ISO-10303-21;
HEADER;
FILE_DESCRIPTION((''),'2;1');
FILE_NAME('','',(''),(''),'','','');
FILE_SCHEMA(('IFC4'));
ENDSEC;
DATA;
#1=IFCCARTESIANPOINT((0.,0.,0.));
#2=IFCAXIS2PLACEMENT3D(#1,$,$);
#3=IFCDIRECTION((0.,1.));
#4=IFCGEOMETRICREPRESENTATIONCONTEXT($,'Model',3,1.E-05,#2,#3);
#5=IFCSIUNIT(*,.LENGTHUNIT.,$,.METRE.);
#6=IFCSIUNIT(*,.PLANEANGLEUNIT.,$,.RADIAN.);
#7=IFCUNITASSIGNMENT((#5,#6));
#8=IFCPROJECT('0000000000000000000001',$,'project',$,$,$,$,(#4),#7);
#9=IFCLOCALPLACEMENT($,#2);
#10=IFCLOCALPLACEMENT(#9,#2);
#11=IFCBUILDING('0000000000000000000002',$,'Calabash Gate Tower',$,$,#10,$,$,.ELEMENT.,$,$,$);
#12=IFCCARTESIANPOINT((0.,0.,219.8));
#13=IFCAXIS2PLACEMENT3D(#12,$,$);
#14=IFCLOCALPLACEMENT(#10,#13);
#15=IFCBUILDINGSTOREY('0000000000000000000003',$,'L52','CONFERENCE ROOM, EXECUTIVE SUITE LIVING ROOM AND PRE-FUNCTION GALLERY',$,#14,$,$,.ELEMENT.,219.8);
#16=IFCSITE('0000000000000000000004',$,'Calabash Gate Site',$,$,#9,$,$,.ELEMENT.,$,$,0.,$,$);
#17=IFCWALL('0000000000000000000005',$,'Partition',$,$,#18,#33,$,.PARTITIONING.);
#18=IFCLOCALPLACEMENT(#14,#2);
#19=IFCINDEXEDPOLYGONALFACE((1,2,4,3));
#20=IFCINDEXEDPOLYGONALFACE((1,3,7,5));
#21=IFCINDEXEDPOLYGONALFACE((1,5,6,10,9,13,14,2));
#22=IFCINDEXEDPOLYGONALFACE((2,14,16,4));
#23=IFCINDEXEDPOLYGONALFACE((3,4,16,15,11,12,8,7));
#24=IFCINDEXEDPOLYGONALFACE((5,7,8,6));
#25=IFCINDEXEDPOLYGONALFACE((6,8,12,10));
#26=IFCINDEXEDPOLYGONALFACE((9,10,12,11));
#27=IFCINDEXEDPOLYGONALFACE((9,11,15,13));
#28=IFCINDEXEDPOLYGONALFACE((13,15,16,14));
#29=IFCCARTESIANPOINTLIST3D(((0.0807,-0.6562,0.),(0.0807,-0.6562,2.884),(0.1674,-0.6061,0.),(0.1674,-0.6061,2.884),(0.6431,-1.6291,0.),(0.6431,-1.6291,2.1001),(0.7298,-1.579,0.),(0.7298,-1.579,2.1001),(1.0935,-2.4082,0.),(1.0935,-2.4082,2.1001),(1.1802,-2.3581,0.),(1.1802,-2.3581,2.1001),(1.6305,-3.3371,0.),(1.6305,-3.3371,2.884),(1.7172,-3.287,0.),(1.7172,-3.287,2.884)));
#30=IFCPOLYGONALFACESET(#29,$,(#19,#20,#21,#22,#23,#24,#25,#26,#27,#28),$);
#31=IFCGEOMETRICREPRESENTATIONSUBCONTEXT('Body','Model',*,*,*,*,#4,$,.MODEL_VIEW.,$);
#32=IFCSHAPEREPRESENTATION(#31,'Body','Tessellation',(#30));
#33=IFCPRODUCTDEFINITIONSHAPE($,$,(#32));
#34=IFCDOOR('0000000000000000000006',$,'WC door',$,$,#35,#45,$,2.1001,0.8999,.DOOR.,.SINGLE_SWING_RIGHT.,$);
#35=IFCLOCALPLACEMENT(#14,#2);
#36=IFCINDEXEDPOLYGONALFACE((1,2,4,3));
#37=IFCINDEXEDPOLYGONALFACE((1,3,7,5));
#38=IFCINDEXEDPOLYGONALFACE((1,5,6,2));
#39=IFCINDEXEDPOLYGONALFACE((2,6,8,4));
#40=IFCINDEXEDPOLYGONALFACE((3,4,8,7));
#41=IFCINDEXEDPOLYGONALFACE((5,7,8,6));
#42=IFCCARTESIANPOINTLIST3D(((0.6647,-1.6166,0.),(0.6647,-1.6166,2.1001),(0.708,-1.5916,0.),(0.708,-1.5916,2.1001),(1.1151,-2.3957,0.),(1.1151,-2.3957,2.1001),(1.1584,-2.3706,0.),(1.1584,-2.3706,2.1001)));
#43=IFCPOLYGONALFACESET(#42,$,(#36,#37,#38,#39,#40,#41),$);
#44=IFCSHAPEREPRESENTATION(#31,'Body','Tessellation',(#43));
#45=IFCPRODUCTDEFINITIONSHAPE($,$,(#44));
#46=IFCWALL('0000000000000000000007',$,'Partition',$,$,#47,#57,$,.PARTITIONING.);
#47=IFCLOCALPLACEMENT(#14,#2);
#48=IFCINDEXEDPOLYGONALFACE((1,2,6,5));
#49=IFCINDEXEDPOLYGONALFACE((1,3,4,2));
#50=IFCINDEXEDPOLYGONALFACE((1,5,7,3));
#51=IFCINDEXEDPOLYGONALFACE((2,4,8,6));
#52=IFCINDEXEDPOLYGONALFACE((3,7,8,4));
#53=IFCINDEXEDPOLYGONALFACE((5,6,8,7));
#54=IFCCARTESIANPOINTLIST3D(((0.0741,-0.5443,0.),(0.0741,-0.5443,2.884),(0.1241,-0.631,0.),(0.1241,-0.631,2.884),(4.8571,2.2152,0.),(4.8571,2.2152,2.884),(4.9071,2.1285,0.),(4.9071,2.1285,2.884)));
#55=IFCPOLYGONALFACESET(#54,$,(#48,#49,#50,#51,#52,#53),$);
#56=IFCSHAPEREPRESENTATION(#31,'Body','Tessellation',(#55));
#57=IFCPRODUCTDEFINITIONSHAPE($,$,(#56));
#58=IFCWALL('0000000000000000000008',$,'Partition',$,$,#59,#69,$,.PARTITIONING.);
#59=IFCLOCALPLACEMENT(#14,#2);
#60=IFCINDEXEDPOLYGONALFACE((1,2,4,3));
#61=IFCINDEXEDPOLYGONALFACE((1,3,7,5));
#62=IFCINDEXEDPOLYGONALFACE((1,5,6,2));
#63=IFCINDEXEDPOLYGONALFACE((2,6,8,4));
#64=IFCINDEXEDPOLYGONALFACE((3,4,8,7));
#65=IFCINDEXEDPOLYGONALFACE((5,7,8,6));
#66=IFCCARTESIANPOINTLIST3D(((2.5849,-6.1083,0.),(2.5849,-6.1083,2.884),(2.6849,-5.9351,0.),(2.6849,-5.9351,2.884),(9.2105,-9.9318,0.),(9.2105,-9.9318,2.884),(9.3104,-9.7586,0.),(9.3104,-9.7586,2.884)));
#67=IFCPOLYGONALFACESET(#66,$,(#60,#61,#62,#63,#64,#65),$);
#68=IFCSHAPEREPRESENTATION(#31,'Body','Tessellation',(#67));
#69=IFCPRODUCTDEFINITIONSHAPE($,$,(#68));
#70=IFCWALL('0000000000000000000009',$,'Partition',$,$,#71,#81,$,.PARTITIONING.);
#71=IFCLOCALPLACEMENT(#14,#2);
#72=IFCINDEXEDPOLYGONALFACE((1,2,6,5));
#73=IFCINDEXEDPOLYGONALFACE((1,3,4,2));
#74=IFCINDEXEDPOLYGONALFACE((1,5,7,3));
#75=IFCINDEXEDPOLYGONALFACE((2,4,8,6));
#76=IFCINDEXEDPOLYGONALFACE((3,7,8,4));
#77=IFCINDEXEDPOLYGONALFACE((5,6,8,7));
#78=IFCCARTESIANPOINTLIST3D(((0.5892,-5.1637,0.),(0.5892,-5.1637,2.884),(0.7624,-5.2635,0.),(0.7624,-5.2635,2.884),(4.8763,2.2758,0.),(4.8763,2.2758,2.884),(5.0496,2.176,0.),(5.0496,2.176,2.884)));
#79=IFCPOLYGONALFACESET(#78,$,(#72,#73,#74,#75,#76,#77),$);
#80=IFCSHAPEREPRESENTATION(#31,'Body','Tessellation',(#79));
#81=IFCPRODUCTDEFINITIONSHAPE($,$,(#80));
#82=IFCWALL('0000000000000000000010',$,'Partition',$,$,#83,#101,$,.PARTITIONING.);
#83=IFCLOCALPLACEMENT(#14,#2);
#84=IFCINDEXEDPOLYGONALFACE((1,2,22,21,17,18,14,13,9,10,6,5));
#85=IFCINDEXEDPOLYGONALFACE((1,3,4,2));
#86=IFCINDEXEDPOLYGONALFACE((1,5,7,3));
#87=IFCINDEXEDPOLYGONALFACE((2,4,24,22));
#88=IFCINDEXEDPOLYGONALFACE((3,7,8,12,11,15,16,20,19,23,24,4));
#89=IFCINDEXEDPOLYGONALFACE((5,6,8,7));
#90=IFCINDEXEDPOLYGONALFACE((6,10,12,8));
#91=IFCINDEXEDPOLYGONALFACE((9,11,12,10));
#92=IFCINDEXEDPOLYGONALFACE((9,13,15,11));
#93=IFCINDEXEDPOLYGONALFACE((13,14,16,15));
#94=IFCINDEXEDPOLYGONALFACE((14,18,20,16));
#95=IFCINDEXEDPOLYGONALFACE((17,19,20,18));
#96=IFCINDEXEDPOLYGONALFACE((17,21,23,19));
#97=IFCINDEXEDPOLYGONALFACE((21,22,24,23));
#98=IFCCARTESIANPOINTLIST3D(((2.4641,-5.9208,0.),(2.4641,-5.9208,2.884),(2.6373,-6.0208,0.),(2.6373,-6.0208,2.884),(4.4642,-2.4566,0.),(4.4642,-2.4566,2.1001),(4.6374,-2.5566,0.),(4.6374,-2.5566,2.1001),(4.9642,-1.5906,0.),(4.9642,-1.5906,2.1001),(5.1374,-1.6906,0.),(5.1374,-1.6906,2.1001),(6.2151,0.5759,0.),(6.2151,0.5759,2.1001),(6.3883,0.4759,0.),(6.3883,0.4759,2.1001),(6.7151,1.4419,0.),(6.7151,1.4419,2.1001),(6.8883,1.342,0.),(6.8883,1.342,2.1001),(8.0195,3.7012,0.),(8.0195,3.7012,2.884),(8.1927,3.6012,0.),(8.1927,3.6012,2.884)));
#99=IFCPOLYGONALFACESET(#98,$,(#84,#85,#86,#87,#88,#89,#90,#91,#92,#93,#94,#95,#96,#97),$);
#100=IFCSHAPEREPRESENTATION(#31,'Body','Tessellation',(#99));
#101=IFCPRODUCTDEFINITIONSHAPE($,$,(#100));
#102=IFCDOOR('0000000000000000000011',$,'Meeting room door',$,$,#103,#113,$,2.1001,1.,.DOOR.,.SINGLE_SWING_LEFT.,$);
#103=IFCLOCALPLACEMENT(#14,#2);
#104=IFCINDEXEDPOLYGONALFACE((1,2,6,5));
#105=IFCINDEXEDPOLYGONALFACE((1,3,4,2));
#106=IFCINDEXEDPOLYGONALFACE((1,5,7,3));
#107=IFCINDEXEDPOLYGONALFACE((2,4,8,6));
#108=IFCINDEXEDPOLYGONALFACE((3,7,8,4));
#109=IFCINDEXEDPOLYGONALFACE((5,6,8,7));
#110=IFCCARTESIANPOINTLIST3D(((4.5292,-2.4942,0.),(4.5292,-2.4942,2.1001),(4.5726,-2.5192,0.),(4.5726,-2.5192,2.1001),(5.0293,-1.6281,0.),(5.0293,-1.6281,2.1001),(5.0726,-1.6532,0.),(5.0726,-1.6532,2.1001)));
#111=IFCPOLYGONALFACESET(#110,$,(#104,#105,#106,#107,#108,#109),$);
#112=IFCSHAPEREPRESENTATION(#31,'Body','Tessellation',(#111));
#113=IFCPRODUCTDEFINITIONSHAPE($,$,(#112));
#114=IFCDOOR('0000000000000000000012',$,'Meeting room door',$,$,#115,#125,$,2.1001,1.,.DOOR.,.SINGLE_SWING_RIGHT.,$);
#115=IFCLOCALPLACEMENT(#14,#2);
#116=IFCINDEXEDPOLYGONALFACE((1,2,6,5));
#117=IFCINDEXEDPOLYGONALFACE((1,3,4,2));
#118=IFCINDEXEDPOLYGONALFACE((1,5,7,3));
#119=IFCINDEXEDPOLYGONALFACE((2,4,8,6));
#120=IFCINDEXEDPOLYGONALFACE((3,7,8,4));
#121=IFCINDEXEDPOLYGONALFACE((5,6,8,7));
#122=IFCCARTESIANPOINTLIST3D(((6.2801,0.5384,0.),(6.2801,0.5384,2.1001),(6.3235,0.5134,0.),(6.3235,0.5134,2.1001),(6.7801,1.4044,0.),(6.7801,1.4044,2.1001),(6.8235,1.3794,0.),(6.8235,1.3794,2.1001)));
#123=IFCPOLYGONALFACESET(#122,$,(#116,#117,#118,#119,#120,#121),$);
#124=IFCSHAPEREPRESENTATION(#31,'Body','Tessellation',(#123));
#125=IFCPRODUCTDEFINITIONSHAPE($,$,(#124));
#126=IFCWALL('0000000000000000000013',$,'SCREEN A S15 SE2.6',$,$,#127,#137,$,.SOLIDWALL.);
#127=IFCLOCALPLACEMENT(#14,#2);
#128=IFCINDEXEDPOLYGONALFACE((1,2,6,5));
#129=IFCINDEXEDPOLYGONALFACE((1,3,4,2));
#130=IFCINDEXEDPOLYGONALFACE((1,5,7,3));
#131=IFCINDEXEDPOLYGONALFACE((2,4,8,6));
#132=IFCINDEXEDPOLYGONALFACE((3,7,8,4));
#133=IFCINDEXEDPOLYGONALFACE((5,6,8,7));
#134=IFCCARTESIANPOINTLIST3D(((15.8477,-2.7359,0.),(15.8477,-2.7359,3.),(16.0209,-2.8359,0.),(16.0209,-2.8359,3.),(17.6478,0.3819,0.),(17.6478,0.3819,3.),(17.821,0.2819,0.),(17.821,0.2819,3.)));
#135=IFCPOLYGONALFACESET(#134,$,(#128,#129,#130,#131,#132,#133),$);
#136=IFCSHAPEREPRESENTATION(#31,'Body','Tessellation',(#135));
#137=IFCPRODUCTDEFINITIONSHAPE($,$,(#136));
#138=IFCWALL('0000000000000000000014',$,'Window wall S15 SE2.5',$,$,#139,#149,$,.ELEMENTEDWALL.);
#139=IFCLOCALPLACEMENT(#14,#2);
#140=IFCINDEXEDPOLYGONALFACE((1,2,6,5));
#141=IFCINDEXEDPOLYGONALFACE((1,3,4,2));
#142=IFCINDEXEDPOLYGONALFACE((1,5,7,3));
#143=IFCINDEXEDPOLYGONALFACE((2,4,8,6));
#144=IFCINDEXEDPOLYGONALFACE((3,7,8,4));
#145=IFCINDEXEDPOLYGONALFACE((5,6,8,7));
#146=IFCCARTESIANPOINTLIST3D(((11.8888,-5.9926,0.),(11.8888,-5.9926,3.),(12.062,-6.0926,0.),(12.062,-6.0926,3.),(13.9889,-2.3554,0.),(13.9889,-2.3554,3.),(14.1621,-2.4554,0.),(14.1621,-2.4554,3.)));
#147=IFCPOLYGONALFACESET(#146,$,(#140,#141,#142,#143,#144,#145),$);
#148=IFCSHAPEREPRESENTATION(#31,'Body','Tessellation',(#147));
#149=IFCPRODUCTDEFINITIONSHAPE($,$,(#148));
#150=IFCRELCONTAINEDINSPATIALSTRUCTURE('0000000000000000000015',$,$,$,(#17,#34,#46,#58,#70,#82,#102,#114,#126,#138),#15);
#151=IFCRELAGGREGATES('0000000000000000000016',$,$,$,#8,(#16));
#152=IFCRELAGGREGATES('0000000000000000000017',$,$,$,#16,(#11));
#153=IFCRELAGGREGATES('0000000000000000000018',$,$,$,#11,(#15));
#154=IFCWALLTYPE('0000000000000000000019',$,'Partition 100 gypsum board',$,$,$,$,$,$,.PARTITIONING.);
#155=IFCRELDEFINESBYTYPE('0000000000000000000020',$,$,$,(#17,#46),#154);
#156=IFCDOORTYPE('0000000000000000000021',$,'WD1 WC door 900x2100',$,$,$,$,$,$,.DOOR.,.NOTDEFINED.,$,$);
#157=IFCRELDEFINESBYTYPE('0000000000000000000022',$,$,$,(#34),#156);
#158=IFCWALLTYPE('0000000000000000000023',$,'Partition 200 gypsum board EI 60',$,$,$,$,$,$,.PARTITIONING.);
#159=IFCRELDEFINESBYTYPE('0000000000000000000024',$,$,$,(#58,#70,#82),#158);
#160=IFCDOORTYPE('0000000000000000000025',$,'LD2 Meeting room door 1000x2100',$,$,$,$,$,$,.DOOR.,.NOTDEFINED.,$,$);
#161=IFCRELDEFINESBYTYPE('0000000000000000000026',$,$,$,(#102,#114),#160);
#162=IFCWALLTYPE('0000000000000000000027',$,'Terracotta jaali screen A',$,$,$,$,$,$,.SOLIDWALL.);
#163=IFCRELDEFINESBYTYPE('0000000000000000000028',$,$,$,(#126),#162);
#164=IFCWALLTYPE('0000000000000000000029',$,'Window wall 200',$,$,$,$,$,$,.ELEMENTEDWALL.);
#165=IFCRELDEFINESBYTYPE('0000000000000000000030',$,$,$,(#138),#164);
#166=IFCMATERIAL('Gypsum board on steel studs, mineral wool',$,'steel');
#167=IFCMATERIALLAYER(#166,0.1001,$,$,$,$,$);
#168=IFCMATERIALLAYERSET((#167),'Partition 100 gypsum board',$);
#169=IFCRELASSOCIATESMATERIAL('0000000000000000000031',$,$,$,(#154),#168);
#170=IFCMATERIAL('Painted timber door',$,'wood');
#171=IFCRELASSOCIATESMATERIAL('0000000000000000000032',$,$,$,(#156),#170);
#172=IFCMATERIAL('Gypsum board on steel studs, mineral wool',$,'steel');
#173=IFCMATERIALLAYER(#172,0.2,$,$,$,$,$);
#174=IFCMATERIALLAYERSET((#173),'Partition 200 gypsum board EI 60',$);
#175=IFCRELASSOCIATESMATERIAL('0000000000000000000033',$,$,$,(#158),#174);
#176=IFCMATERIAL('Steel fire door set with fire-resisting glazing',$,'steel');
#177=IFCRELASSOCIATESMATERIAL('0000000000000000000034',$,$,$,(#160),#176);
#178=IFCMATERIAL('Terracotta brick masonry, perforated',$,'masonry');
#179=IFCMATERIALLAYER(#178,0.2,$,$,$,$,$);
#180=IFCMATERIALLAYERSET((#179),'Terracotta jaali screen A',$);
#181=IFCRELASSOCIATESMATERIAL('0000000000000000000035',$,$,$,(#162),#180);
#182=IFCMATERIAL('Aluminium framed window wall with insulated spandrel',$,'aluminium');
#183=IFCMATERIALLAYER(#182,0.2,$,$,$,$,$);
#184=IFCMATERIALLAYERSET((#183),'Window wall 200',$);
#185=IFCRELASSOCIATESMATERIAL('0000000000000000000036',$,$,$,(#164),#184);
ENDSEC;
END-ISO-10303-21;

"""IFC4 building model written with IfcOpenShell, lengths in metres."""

from ifc_helpers import new_model, si_unit, direction, frame, frame_2d, origin, place, context, subcontext, project, spatial, rectangle, extrude, material, layer, layer_set, type_object, element, fill, save


model = new_model("IFC4")

# Units and contexts
model_context = context("Model", 3, precision=1e-05, world=origin(), true_north=direction((0.0, 1.0)))
body_context = subcontext(model_context, "Body", "Model", "MODEL_VIEW")
ifc_project = project(units=[si_unit("LENGTHUNIT", "METRE"), si_unit("PLANEANGLEUNIT", "RADIAN")], contexts=[model_context])

# Site, building, storey
site_placement = place(None, origin())
site = spatial("IfcSite", under=ifc_project, at=site_placement, Name="Calabash Gate Site", CompositionType="ELEMENT", RefElevation=0.0)
building_placement = place(site_placement, origin())
building = spatial("IfcBuilding", under=site, at=building_placement, Name="Calabash Gate Tower", CompositionType="ELEMENT")
storey_placement = place(building_placement, frame((0.0, 0.0, 219.8)))
storey = spatial("IfcBuildingStorey", under=building, at=storey_placement, Name="L52", Description="CONFERENCE ROOM, EXECUTIVE SUITE LIVING ROOM AND PRE-FUNCTION GALLERY", CompositionType="ELEMENT", Elevation=219.8)

# Wall, opening, door
ifc_material_1 = material(Name="Gypsum board on steel studs, mineral wool", Category="steel")
ifc_layer_1 = layer(ifc_material_1, 0.1001)
ifc_layer_set_1 = layer_set([ifc_layer_1], Name="Partition 100 gypsum board")
wall_type_1 = type_object("IfcWallType", Name="Partition 100 gypsum board", PredefinedType="PARTITIONING", material=ifc_layer_set_1)
wall_1_placement = place(storey_placement, frame((0.124, -0.6311, 0.0), z_axis=(0.0, 0.0, 1.0), x_axis=(0.50048, -0.865748, 0.0)))
wall_1 = element("IfcWall", 1, at=wall_1_placement, inside=storey, type_object=wall_type_1, Name="Partition", PredefinedType="PARTITIONING", context=body_context, shape_type="SweptSolid", body=[
    extrude(rectangle(XDim=3.0967, YDim=0.1001, at=frame_2d((1.5483, 0.0))), origin(), (0.0, 0.0, 1.0), 2.884),
])
opening_1_placement = place(wall_1_placement, frame((1.1238, 0.0, 0.0)))
opening_1 = element("IfcOpeningElement", 2, at=opening_1_placement, cuts=wall_1, PredefinedType="OPENING", context=body_context, shape_type="SweptSolid", body=[
    extrude(rectangle(XDim=0.8999, YDim=2.1001, at=frame_2d((0.45, 1.05))), frame((0.0, 0.0601, 0.0), z_axis=(0.0, -1.0, 0.0), x_axis=(1.0, 0.0, 0.0)), (0.0, 0.0, 1.0), 0.1201),
])
ifc_material_2 = material(Name="Painted timber door", Category="wood")
door_type_1 = type_object("IfcDoorType", Name="WD1 WC door 900x2100", OperationType="NOTDEFINED", PredefinedType="DOOR", material=ifc_material_2)
door_1_placement = place(opening_1_placement, origin())
door_1 = element("IfcDoor", 3, at=door_1_placement, inside=storey, type_object=door_type_1, Name="WC door", OperationType="SINGLE_SWING_RIGHT", OverallHeight=2.1001, OverallWidth=0.8999, PredefinedType="DOOR", context=body_context, shape_type="SweptSolid", body=[
    extrude(rectangle(XDim=0.8999, YDim=2.1001, at=frame_2d((0.45, 1.05))), frame((0.0, 0.0249, 0.0), z_axis=(0.0, -1.0, 0.0), x_axis=(1.0, 0.0, 0.0)), (0.0, 0.0, 1.0), 0.05),
])
fill(opening_1, door_1)

# Walls
wall_2_placement = place(storey_placement, frame((0.0991, -0.5876, 0.0), z_axis=(0.0, 0.0, 1.0), x_axis=(0.866176, 0.499739, 0.0)))
element("IfcWall", 4, at=wall_2_placement, inside=storey, type_object=wall_type_1, Name="Partition", PredefinedType="PARTITIONING", context=body_context, shape_type="SweptSolid", body=[
    extrude(rectangle(XDim=5.522, YDim=0.1001, at=frame_2d((2.761, 0.0))), origin(), (0.0, 0.0, 1.0), 2.884),
])
ifc_material_3 = material(Name="Gypsum board on steel studs, mineral wool", Category="steel")
ifc_layer_2 = layer(ifc_material_3, 0.2)
ifc_layer_set_2 = layer_set([ifc_layer_2], Name="Partition 200 gypsum board EI 60")
wall_type_2 = type_object("IfcWallType", Name="Partition 200 gypsum board EI 60", PredefinedType="PARTITIONING", material=ifc_layer_set_2)
wall_3_placement = place(storey_placement, frame((2.635, -6.0217, 0.0), z_axis=(0.0, 0.0, 1.0), x_axis=(0.866124, -0.499829, 0.0)))
element("IfcWall", 5, at=wall_3_placement, inside=storey, type_object=wall_type_2, Name="Partition", PredefinedType="PARTITIONING", context=body_context, shape_type="SweptSolid", body=[
    extrude(rectangle(XDim=7.6497, YDim=0.2, at=frame_2d((3.8247, 0.0))), origin(), (0.0, 0.0, 1.0), 2.884),
])
wall_4_placement = place(storey_placement, frame((0.6758, -5.2136, 0.0), z_axis=(0.0, 0.0, 1.0), x_axis=(0.499296, 0.866432, 0.0)))
element("IfcWall", 6, at=wall_4_placement, inside=storey, type_object=wall_type_2, Name="Partition", PredefinedType="PARTITIONING", context=body_context, shape_type="SweptSolid", body=[
    extrude(rectangle(XDim=8.5864, YDim=0.2, at=frame_2d((4.2932, 0.0))), origin(), (0.0, 0.0, 1.0), 2.884),
])

# Wall, openings, doors
wall_5_placement = place(storey_placement, frame((2.5508, -5.9707, 0.0), z_axis=(0.0, 0.0, 1.0), x_axis=(0.500008, 0.866021, 0.0)))
wall_5 = element("IfcWall", 7, at=wall_5_placement, inside=storey, type_object=wall_type_2, Name="Partition", PredefinedType="PARTITIONING", context=body_context, shape_type="SweptSolid", body=[
    extrude(rectangle(XDim=11.1106, YDim=0.2, at=frame_2d((5.5552, 0.0))), origin(), (0.0, 0.0, 1.0), 2.884),
])
opening_2_placement = place(wall_5_placement, frame((4.0, 0.0, 0.0)))
opening_2 = element("IfcOpeningElement", 8, at=opening_2_placement, cuts=wall_5, PredefinedType="OPENING", context=body_context, shape_type="SweptSolid", body=[
    extrude(rectangle(XDim=1.0, YDim=2.1001, at=frame_2d((0.5, 1.05))), frame((0.0, 0.1099, 0.0), z_axis=(0.0, -1.0, 0.0), x_axis=(1.0, 0.0, 0.0)), (0.0, 0.0, 1.0), 0.22),
])
opening_3_placement = place(wall_5_placement, frame((7.5017, 0.0, 0.0)))
opening_3 = element("IfcOpeningElement", 9, at=opening_3_placement, cuts=wall_5, PredefinedType="OPENING", context=body_context, shape_type="SweptSolid", body=[
    extrude(rectangle(XDim=1.0, YDim=2.1001, at=frame_2d((0.5, 1.05))), frame((0.0, 0.1099, 0.0), z_axis=(0.0, -1.0, 0.0), x_axis=(1.0, 0.0, 0.0)), (0.0, 0.0, 1.0), 0.22),
])
ifc_material_4 = material(Name="Steel fire door set with fire-resisting glazing", Category="steel")
door_type_2 = type_object("IfcDoorType", Name="LD2 Meeting room door 1000x2100", OperationType="NOTDEFINED", PredefinedType="DOOR", material=ifc_material_4)
door_2_placement = place(opening_2_placement, origin())
door_2 = element("IfcDoor", 10, at=door_2_placement, inside=storey, type_object=door_type_2, Name="Meeting room door", OperationType="SINGLE_SWING_LEFT", OverallHeight=2.1001, OverallWidth=1.0, PredefinedType="DOOR", context=body_context, shape_type="SweptSolid", body=[
    extrude(rectangle(XDim=1.0, YDim=2.1001, at=frame_2d((0.5, 1.05))), frame((0.0, 0.0249, 0.0), z_axis=(0.0, -1.0, 0.0), x_axis=(1.0, 0.0, 0.0)), (0.0, 0.0, 1.0), 0.05),
])
fill(opening_2, door_2)
door_3_placement = place(opening_3_placement, origin())
door_3 = element("IfcDoor", 11, at=door_3_placement, inside=storey, type_object=door_type_2, Name="Meeting room door", OperationType="SINGLE_SWING_RIGHT", OverallHeight=2.1001, OverallWidth=1.0, PredefinedType="DOOR", context=body_context, shape_type="SweptSolid", body=[
    extrude(rectangle(XDim=1.0, YDim=2.1001, at=frame_2d((0.5, 1.05))), frame((0.0, 0.0249, 0.0), z_axis=(0.0, -1.0, 0.0), x_axis=(1.0, 0.0, 0.0)), (0.0, 0.0, 1.0), 0.05),
])
fill(opening_3, door_3)

# Walls
ifc_material_5 = material(Name="Terracotta brick masonry, perforated", Category="masonry")
ifc_layer_3 = layer(ifc_material_5, 0.2)
ifc_layer_set_3 = layer_set([ifc_layer_3], Name="Terracotta jaali screen A")
wall_type_3 = type_object("IfcWallType", Name="Terracotta jaali screen A", PredefinedType="SOLIDWALL", material=ifc_layer_set_3)
wall_6_placement = place(storey_placement, frame((15.9343, -2.7859, 0.0), z_axis=(0.0, 0.0, 1.0), x_axis=(0.500012, 0.866018, 0.0)))
element("IfcWall", 12, at=wall_6_placement, inside=storey, type_object=wall_type_3, Name="SCREEN A S15 SE2.6", PredefinedType="SOLIDWALL", context=body_context, shape_type="SweptSolid", body=[
    extrude(rectangle(XDim=3.6001, YDim=0.2, at=frame_2d((1.8, 0.0))), origin(), (0.0, 0.0, 1.0), 3.0),
])
ifc_material_6 = material(Name="Aluminium framed window wall with insulated spandrel", Category="aluminium")
ifc_layer_4 = layer(ifc_material_6, 0.2)
ifc_layer_set_4 = layer_set([ifc_layer_4], Name="Window wall 200")
wall_type_4 = type_object("IfcWallType", Name="Window wall 200", PredefinedType="ELEMENTEDWALL", material=ifc_layer_set_4)
wall_7_placement = place(storey_placement, frame((11.9753, -6.0427, 0.0), z_axis=(0.0, 0.0, 1.0), x_axis=(0.500028, 0.866009, 0.0)))
element("IfcWall", 13, at=wall_7_placement, inside=storey, type_object=wall_type_4, Name="Window wall S15 SE2.5", PredefinedType="ELEMENTEDWALL", context=body_context, shape_type="SweptSolid", body=[
    extrude(rectangle(XDim=4.2, YDim=0.2, at=frame_2d((2.1001, 0.0))), origin(), (0.0, 0.0, 1.0), 3.0),
])

save(model, "model.ifc")
